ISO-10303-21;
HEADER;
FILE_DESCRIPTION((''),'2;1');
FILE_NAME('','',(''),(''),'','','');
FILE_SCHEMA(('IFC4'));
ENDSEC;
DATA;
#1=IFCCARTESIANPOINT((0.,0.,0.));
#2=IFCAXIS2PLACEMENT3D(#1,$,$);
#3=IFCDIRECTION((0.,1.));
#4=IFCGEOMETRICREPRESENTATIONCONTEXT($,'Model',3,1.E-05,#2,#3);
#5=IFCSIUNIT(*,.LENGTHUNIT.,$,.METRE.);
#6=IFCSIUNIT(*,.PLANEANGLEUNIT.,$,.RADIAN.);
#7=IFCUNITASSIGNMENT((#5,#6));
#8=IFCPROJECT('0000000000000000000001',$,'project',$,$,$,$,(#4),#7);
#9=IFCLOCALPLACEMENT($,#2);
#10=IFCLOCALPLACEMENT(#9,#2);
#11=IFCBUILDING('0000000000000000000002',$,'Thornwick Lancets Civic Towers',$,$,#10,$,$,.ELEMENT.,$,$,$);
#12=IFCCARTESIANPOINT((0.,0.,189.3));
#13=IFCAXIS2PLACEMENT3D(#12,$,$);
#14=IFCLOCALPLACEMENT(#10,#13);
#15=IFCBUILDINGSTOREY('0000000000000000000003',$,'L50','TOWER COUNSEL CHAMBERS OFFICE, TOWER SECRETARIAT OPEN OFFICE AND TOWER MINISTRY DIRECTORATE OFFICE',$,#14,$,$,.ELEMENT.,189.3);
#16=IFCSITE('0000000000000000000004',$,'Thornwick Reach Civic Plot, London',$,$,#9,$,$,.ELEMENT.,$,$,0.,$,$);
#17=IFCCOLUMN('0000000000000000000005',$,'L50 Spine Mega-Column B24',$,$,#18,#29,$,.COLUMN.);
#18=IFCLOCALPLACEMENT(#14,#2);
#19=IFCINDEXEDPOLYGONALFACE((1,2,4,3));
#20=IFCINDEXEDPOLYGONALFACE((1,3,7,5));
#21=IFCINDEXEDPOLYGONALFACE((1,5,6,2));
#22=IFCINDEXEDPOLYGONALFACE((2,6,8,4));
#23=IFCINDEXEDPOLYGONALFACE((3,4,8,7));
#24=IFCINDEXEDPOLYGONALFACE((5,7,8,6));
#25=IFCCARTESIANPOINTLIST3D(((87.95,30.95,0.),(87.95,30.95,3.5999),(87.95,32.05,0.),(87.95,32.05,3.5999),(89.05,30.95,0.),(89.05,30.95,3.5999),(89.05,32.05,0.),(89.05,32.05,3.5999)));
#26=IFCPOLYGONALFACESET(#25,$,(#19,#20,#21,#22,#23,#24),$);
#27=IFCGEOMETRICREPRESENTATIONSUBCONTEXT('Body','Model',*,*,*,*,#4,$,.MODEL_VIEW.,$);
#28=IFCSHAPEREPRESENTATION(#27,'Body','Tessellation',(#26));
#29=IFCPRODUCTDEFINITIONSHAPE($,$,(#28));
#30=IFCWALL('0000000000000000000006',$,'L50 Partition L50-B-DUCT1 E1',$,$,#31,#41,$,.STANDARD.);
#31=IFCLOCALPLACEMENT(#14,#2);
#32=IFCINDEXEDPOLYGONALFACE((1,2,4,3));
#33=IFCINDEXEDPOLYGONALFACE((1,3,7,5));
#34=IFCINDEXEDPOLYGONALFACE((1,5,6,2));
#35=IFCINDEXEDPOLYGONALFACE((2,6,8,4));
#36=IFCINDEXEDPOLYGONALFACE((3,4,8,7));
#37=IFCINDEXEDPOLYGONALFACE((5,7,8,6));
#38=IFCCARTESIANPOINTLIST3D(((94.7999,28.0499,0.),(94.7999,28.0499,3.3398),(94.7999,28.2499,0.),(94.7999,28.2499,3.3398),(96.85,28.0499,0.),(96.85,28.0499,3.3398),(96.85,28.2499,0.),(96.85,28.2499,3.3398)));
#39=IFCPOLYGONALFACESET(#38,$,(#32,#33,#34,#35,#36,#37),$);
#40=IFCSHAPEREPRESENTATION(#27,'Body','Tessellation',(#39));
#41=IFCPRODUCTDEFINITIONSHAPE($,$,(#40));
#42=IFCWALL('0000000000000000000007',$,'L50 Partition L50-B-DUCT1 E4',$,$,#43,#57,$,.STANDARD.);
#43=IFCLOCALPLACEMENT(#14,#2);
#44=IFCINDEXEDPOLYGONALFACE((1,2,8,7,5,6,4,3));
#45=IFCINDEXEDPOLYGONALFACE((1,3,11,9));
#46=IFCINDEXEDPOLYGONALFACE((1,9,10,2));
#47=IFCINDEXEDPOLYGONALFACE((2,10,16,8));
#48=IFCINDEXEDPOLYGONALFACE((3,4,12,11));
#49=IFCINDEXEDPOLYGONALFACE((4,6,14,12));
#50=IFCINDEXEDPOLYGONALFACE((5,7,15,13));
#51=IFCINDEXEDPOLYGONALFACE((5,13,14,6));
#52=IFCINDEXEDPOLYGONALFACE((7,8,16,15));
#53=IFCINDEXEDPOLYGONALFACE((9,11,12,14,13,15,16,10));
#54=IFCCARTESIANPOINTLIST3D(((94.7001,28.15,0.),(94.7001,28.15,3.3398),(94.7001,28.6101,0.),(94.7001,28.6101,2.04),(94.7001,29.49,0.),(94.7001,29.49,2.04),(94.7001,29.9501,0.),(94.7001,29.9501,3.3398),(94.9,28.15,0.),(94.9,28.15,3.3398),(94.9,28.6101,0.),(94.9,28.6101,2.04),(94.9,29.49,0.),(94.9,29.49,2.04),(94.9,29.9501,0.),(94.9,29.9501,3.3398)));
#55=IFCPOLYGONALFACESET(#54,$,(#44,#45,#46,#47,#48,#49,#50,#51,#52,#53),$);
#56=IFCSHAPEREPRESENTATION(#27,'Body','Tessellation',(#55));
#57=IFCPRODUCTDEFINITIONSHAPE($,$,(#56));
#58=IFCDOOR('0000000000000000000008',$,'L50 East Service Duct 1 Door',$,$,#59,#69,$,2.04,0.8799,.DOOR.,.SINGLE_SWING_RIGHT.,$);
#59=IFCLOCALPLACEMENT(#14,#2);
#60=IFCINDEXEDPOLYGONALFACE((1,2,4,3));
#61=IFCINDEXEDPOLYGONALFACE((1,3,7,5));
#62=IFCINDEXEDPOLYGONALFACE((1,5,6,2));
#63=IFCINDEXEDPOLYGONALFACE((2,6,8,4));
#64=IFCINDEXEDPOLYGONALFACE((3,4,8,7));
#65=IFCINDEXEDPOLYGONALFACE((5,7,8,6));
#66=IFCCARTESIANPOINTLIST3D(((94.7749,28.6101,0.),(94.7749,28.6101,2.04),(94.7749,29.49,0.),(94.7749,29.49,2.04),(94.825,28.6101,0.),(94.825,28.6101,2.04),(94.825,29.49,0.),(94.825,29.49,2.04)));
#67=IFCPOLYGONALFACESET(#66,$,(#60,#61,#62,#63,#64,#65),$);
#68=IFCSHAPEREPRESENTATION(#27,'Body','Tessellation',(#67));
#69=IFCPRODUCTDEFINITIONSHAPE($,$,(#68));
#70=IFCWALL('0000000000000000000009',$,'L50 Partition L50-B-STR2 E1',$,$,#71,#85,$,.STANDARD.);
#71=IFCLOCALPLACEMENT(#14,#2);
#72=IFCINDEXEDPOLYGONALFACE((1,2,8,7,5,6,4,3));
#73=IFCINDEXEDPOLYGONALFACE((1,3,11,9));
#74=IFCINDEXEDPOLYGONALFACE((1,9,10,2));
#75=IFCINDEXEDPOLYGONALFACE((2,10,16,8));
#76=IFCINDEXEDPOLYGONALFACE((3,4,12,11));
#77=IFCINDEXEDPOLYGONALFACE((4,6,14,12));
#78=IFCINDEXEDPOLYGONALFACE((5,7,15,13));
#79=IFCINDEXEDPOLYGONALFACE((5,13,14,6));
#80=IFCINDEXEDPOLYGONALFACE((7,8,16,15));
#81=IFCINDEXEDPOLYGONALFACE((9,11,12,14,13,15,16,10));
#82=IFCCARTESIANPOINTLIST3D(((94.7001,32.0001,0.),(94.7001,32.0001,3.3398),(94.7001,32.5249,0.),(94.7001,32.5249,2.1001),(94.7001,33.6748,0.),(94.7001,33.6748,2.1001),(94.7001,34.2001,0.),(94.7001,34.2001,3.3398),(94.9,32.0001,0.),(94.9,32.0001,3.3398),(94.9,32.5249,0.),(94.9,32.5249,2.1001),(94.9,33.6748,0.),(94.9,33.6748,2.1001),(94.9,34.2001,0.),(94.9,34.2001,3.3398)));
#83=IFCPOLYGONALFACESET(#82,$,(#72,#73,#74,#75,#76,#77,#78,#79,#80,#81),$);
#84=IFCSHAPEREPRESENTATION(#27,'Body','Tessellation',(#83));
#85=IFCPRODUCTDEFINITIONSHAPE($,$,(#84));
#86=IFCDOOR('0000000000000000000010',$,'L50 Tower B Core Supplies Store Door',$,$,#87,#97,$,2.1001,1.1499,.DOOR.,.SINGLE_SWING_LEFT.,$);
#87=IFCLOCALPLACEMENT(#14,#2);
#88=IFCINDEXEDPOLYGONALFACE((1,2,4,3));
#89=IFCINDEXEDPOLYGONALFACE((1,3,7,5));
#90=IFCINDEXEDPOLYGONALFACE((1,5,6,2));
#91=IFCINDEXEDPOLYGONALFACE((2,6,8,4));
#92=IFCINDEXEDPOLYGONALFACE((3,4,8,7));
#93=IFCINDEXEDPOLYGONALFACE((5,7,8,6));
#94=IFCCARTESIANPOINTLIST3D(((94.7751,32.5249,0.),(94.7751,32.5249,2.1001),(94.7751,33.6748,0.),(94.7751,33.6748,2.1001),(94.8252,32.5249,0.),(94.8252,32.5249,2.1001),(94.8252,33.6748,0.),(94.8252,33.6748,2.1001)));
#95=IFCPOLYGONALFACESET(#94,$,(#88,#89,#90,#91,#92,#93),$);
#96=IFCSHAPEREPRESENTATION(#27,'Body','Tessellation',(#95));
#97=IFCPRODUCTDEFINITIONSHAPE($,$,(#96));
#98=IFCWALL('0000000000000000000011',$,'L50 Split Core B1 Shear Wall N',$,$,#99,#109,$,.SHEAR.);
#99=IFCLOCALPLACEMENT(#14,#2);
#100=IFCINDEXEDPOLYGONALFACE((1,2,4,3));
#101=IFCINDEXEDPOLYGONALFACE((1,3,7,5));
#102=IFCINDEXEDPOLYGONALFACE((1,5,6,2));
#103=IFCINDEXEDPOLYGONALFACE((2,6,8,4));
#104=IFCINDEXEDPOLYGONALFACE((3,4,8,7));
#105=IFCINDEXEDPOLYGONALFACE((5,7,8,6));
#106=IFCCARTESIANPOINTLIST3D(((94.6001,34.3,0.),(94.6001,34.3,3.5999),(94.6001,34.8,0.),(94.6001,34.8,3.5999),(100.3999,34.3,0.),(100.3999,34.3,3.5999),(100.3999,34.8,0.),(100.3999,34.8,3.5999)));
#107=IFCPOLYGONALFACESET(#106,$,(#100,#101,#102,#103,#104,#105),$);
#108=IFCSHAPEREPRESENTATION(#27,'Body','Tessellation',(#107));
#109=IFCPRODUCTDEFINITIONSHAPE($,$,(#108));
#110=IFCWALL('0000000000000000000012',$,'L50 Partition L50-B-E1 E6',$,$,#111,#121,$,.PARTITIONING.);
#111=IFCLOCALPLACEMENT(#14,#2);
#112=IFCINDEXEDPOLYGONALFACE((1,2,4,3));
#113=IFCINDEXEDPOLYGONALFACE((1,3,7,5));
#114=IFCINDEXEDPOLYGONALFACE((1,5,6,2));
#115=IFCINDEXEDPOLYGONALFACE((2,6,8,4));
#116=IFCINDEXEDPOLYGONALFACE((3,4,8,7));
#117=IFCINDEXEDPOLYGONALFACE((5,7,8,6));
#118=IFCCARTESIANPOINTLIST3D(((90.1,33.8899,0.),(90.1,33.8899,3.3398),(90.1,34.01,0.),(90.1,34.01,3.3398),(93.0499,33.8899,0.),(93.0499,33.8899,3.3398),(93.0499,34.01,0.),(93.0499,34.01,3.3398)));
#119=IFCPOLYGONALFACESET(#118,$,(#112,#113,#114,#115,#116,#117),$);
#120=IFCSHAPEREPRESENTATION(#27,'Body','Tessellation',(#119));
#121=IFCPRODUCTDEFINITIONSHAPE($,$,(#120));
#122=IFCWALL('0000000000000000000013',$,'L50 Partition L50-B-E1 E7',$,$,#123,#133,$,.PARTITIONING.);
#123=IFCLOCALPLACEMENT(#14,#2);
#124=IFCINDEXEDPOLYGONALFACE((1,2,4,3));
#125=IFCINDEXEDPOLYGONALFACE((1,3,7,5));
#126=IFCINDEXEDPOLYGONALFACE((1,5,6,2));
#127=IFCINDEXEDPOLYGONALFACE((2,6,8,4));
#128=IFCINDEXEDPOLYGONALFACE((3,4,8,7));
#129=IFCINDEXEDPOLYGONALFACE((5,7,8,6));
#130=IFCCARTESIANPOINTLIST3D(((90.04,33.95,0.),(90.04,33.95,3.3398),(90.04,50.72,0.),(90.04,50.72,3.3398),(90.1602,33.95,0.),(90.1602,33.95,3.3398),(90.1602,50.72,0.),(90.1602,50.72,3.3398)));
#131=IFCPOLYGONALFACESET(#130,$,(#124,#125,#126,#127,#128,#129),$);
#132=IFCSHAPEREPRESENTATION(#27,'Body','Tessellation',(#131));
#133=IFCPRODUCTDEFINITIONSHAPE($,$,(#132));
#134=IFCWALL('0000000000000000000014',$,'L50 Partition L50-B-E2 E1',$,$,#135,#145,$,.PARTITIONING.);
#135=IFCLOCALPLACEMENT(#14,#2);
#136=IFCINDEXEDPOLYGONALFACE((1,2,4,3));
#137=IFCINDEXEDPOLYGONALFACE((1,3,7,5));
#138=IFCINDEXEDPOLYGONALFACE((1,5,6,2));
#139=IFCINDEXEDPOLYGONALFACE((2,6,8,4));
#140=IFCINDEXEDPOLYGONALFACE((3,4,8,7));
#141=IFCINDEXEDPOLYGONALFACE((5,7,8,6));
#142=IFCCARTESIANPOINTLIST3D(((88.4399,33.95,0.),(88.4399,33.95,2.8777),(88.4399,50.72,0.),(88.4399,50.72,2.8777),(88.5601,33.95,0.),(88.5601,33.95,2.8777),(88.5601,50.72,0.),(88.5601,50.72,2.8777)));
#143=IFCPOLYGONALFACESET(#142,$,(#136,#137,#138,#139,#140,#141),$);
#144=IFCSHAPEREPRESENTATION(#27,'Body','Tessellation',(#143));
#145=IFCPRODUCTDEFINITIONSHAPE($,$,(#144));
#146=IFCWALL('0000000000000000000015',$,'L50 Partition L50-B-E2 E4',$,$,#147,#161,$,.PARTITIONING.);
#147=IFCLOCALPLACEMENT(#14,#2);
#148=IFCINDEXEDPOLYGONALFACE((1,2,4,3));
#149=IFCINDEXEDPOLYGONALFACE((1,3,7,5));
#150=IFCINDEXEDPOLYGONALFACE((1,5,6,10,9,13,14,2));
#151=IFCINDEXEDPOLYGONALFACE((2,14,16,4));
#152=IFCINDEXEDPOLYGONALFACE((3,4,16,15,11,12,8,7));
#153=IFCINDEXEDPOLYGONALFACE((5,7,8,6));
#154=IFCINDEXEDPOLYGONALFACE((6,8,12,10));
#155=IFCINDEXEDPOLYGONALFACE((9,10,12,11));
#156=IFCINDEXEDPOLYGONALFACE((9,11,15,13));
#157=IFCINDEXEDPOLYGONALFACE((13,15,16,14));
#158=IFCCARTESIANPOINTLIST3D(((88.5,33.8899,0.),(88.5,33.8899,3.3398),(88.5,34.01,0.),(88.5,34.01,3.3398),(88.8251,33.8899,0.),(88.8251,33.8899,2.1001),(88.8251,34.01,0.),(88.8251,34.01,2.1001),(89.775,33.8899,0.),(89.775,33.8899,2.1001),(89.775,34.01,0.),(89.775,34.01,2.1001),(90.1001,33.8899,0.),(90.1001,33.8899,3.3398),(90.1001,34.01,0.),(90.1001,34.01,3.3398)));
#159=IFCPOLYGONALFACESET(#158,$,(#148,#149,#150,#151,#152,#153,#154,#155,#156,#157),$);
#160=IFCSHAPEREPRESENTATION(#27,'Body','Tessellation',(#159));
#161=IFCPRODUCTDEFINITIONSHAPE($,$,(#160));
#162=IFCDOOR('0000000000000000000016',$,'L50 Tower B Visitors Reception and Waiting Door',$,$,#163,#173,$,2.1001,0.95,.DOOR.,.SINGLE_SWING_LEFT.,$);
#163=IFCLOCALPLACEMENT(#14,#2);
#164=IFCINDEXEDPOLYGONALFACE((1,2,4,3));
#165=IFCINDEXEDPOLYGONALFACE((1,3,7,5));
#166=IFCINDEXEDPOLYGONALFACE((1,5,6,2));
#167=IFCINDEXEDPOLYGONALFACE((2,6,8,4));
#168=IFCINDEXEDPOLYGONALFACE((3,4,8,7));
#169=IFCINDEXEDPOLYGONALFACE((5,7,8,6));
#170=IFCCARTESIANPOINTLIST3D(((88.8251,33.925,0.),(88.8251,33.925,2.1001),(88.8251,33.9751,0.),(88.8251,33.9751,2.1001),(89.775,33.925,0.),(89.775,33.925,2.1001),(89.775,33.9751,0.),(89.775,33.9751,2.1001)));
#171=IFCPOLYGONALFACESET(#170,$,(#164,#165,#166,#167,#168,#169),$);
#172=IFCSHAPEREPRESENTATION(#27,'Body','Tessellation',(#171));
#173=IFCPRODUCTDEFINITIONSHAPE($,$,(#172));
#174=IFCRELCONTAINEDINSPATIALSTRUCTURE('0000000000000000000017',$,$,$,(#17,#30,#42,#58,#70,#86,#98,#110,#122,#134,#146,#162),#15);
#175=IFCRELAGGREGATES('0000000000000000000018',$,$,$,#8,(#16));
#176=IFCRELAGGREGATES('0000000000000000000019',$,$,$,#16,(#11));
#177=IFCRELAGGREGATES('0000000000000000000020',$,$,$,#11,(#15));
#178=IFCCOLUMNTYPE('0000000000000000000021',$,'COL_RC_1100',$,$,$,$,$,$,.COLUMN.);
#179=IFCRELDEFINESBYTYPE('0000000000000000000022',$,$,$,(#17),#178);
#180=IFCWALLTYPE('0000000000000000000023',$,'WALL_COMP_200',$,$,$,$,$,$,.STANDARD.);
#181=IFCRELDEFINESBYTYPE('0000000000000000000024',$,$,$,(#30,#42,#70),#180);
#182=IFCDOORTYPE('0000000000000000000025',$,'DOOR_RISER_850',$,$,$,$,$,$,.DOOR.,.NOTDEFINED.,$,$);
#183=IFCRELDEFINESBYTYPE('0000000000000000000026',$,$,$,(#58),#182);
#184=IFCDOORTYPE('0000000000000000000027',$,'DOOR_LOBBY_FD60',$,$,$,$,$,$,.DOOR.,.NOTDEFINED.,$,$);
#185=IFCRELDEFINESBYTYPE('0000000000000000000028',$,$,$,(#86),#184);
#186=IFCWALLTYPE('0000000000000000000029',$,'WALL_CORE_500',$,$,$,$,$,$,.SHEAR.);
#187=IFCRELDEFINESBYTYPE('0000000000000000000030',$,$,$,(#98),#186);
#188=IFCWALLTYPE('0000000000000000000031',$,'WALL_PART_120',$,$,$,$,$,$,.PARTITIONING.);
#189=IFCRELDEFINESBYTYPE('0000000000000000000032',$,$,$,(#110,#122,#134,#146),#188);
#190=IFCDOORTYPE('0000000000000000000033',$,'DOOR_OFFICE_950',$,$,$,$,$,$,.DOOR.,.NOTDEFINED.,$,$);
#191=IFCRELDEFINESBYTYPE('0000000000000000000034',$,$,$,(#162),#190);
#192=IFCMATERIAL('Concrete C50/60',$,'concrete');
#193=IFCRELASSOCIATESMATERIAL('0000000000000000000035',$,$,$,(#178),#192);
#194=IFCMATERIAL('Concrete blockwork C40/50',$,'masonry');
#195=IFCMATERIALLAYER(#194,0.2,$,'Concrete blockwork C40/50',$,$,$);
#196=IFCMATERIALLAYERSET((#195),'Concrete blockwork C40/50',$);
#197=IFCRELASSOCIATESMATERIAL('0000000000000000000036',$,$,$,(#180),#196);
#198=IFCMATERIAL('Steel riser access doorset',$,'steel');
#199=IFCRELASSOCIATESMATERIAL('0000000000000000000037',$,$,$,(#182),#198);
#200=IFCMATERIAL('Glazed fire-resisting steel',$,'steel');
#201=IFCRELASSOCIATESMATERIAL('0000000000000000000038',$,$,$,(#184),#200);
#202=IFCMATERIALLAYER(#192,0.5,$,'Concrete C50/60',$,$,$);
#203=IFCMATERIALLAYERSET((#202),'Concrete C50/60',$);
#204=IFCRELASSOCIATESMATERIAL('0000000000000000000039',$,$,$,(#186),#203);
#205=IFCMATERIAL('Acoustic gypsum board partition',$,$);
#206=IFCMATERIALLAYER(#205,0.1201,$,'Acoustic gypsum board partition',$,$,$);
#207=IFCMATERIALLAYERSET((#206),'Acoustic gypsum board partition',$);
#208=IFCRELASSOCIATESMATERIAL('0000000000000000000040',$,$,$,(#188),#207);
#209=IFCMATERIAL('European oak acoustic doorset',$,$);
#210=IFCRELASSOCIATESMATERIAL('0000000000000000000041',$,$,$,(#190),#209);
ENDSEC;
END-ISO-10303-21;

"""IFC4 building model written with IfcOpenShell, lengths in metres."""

from ifc_helpers import new_model, si_unit, direction, frame, frame_2d, origin, origin_2d, place, context, subcontext, project, spatial, rectangle, extrude, material, layer, layer_set, material_profile, profile_set, type_object, element, fill, save


model = new_model("IFC4")

# Units and contexts
model_context = context("Model", 3, precision=1e-05, world=origin(), true_north=direction((0.0, 1.0)))
body_context = subcontext(model_context, "Body", "Model", "MODEL_VIEW")
ifc_project = project(units=[si_unit("LENGTHUNIT", "METRE"), si_unit("PLANEANGLEUNIT", "RADIAN")], contexts=[model_context])

# Site, building, storey
site_placement = place(None, origin())
site = spatial("IfcSite", under=ifc_project, at=site_placement, Name="Thornwick Reach Civic Plot, London", CompositionType="ELEMENT", RefElevation=0.0)
building_placement = place(site_placement, origin())
building = spatial("IfcBuilding", under=site, at=building_placement, Name="Thornwick Lancets Civic Towers", CompositionType="ELEMENT")
storey_placement = place(building_placement, frame((0.0, 0.0, 189.3)))
storey = spatial("IfcBuildingStorey", under=building, at=storey_placement, Name="L50", Description="TOWER COUNSEL CHAMBERS OFFICE, TOWER SECRETARIAT OPEN OFFICE AND TOWER MINISTRY DIRECTORATE OFFICE", CompositionType="ELEMENT", Elevation=189.3)

# Column
ifc_material_1 = material(Name="Concrete C50/60", Category="concrete")
ifc_material_profile = material_profile(ifc_material_1, rectangle(XDim=1.1001, YDim=1.1001, at=origin_2d()), Name="RC 1100x1100")
ifc_profile_set = profile_set([ifc_material_profile], Name="Concrete C50/60")
column_type = type_object("IfcColumnType", Name="COL_RC_1100", PredefinedType="COLUMN", material=ifc_profile_set)
column_placement = place(storey_placement, frame((88.5, 31.5, 0.0), z_axis=(0.0, 0.0, 1.0), x_axis=(1.0, 0.0, 0.0)))
element("IfcColumn", 1, at=column_placement, inside=storey, type_object=column_type, Name="L50 Spine Mega-Column B24", PredefinedType="COLUMN", context=body_context, shape_type="SweptSolid", body=[
    extrude(rectangle(XDim=1.1001, YDim=1.1001, at=origin_2d()), origin(), (0.0, 0.0, 1.0), 3.5999),
])

# Wall
ifc_material_2 = material(Name="Concrete blockwork C40/50", Category="masonry")
ifc_layer_1 = layer(ifc_material_2, 0.2, Name="Concrete blockwork C40/50")
ifc_layer_set_1 = layer_set([ifc_layer_1], Name="Concrete blockwork C40/50")
wall_type_1 = type_object("IfcWallType", Name="WALL_COMP_200", PredefinedType="STANDARD", material=ifc_layer_set_1)
wall_1_placement = place(storey_placement, frame((94.8, 28.1499, 0.0), z_axis=(0.0, 0.0, 1.0), x_axis=(1.0, 0.0, 0.0)))
element("IfcWall", 2, at=wall_1_placement, inside=storey, type_object=wall_type_1, Name="L50 Partition L50-B-DUCT1 E1", PredefinedType="STANDARD", context=body_context, shape_type="SweptSolid", body=[
    extrude(rectangle(XDim=2.05, YDim=0.2, at=frame_2d((1.0249, 0.0))), origin(), (0.0, 0.0, 1.0), 3.3398),
])

# Walls, openings, doors
wall_2_placement = place(storey_placement, frame((94.8, 29.95, 0.0), z_axis=(0.0, 0.0, 1.0), x_axis=(0.0, -1.0, 0.0)))
wall_2 = element("IfcWall", 3, at=wall_2_placement, inside=storey, type_object=wall_type_1, Name="L50 Partition L50-B-DUCT1 E4", PredefinedType="STANDARD", context=body_context, shape_type="SweptSolid", body=[
    extrude(rectangle(XDim=1.8, YDim=0.2, at=frame_2d((0.8999, 0.0))), origin(), (0.0, 0.0, 1.0), 3.3398),
])
opening_1_placement = place(wall_2_placement, frame((0.46, 0.0, 0.0)))
opening_1 = element("IfcOpeningElement", 4, at=opening_1_placement, cuts=wall_2, PredefinedType="OPENING", context=body_context, shape_type="SweptSolid", body=[
    extrude(rectangle(XDim=0.8799, YDim=2.04, at=frame_2d((0.4399, 1.02))), frame((0.0, 0.1099, 0.0), z_axis=(0.0, -1.0, 0.0), x_axis=(1.0, 0.0, 0.0)), (0.0, 0.0, 1.0), 0.22),
])
ifc_material_3 = material(Name="Steel riser access doorset", Category="steel")
door_type_1 = type_object("IfcDoorType", Name="DOOR_RISER_850", OperationType="NOTDEFINED", PredefinedType="DOOR", material=ifc_material_3)
door_1_placement = place(opening_1_placement, origin())
door_1 = element("IfcDoor", 5, at=door_1_placement, inside=storey, type_object=door_type_1, Name="L50 East Service Duct 1 Door", OperationType="SINGLE_SWING_RIGHT", OverallHeight=2.04, OverallWidth=0.8799, PredefinedType="DOOR", context=body_context, shape_type="SweptSolid", body=[
    extrude(rectangle(XDim=0.8799, YDim=2.04, at=frame_2d((0.4399, 1.02))), frame((0.0, 0.0249, 0.0), z_axis=(0.0, -1.0, 0.0), x_axis=(1.0, 0.0, 0.0)), (0.0, 0.0, 1.0), 0.05),
])
fill(opening_1, door_1)
wall_3_placement = place(storey_placement, frame((94.8, 32.0, 0.0), z_axis=(0.0, 0.0, 1.0), x_axis=(0.0, 1.0, 0.0)))
wall_3 = element("IfcWall", 6, at=wall_3_placement, inside=storey, type_object=wall_type_1, Name="L50 Partition L50-B-STR2 E1", PredefinedType="STANDARD", context=body_context, shape_type="SweptSolid", body=[
    extrude(rectangle(XDim=2.2, YDim=0.2, at=frame_2d((1.1001, 0.0))), origin(), (0.0, 0.0, 1.0), 3.3398),
])
opening_2_placement = place(wall_3_placement, frame((0.5249, 0.0, 0.0)))
opening_2 = element("IfcOpeningElement", 7, at=opening_2_placement, cuts=wall_3, PredefinedType="OPENING", context=body_context, shape_type="SweptSolid", body=[
    extrude(rectangle(XDim=1.1499, YDim=2.1001, at=frame_2d((0.575, 1.05))), frame((0.0, 0.1099, 0.0), z_axis=(0.0, -1.0, 0.0), x_axis=(1.0, 0.0, 0.0)), (0.0, 0.0, 1.0), 0.22),
])
ifc_material_4 = material(Name="Glazed fire-resisting steel", Category="steel")
door_type_2 = type_object("IfcDoorType", Name="DOOR_LOBBY_FD60", OperationType="NOTDEFINED", PredefinedType="DOOR", material=ifc_material_4)
door_2_placement = place(opening_2_placement, origin())
door_2 = element("IfcDoor", 8, at=door_2_placement, inside=storey, type_object=door_type_2, Name="L50 Tower B Core Supplies Store Door", OperationType="SINGLE_SWING_LEFT", OverallHeight=2.1001, OverallWidth=1.1499, PredefinedType="DOOR", context=body_context, shape_type="SweptSolid", body=[
    extrude(rectangle(XDim=1.1499, YDim=2.1001, at=frame_2d((0.575, 1.05))), frame((0.0, 0.0249, 0.0), z_axis=(0.0, -1.0, 0.0), x_axis=(1.0, 0.0, 0.0)), (0.0, 0.0, 1.0), 0.05),
])
fill(opening_2, door_2)

# Walls
ifc_layer_2 = layer(ifc_material_1, 0.5, Name="Concrete C50/60")
ifc_layer_set_2 = layer_set([ifc_layer_2], Name="Concrete C50/60")
wall_type_2 = type_object("IfcWallType", Name="WALL_CORE_500", PredefinedType="SHEAR", material=ifc_layer_set_2)
wall_4_placement = place(storey_placement, frame((94.6001, 34.55, 0.0), z_axis=(0.0, 0.0, 1.0), x_axis=(1.0, 0.0, 0.0)))
element("IfcWall", 9, at=wall_4_placement, inside=storey, type_object=wall_type_2, Name="L50 Split Core B1 Shear Wall N", PredefinedType="SHEAR", context=body_context, shape_type="SweptSolid", body=[
    extrude(rectangle(XDim=5.7998, YDim=0.5, at=frame_2d((2.8999, 0.0))), origin(), (0.0, 0.0, 1.0), 3.5999),
])
ifc_material_5 = material(Name="Acoustic gypsum board partition")
ifc_layer_3 = layer(ifc_material_5, 0.1201, Name="Acoustic gypsum board partition")
ifc_layer_set_3 = layer_set([ifc_layer_3], Name="Acoustic gypsum board partition")
wall_type_3 = type_object("IfcWallType", Name="WALL_PART_120", PredefinedType="PARTITIONING", material=ifc_layer_set_3)
wall_5_placement = place(storey_placement, frame((93.05, 33.95, 0.0), z_axis=(0.0, 0.0, 1.0), x_axis=(-1.0, 0.0, 0.0)))
element("IfcWall", 10, at=wall_5_placement, inside=storey, type_object=wall_type_3, Name="L50 Partition L50-B-E1 E6", PredefinedType="PARTITIONING", context=body_context, shape_type="SweptSolid", body=[
    extrude(rectangle(XDim=2.95, YDim=0.1201, at=frame_2d((1.4751, 0.0))), origin(), (0.0, 0.0, 1.0), 3.3398),
])
wall_6_placement = place(storey_placement, frame((90.1001, 33.95, 0.0), z_axis=(0.0, 0.0, 1.0), x_axis=(0.0, 1.0, 0.0)))
element("IfcWall", 11, at=wall_6_placement, inside=storey, type_object=wall_type_3, Name="L50 Partition L50-B-E1 E7", PredefinedType="PARTITIONING", context=body_context, shape_type="SweptSolid", body=[
    extrude(rectangle(XDim=16.77, YDim=0.1201, at=frame_2d((8.385, 0.0))), origin(), (0.0, 0.0, 1.0), 3.3398),
])
wall_7_placement = place(storey_placement, frame((88.5, 33.95, 0.0), z_axis=(0.0, 0.0, 1.0), x_axis=(0.0, 1.0, 0.0)))
element("IfcWall", 12, at=wall_7_placement, inside=storey, type_object=wall_type_3, Name="L50 Partition L50-B-E2 E1", PredefinedType="PARTITIONING", context=body_context, shape_type="SweptSolid", body=[
    extrude(rectangle(XDim=16.77, YDim=0.1201, at=frame_2d((8.385, 0.0))), origin(), (0.0, 0.0, 1.0), 2.8777),
])

# Wall, opening, door
wall_8_placement = place(storey_placement, frame((90.1001, 33.95, 0.0), z_axis=(0.0, 0.0, 1.0), x_axis=(-1.0, 0.0, 0.0)))
wall_8 = element("IfcWall", 13, at=wall_8_placement, inside=storey, type_object=wall_type_3, Name="L50 Partition L50-B-E2 E4", PredefinedType="PARTITIONING", context=body_context, shape_type="SweptSolid", body=[
    extrude(rectangle(XDim=1.6001, YDim=0.1201, at=frame_2d((0.8, 0.0))), origin(), (0.0, 0.0, 1.0), 3.3398),
])
opening_3_placement = place(wall_8_placement, frame((0.325, 0.0, 0.0)))
opening_3 = element("IfcOpeningElement", 14, at=opening_3_placement, cuts=wall_8, PredefinedType="OPENING", context=body_context, shape_type="SweptSolid", body=[
    extrude(rectangle(XDim=0.95, YDim=2.1001, at=frame_2d((0.4751, 1.05))), frame((0.0, 0.0701, 0.0), z_axis=(0.0, -1.0, 0.0), x_axis=(1.0, 0.0, 0.0)), (0.0, 0.0, 1.0), 0.1401),
])
ifc_material_6 = material(Name="European oak acoustic doorset")
door_type_3 = type_object("IfcDoorType", Name="DOOR_OFFICE_950", OperationType="NOTDEFINED", PredefinedType="DOOR", material=ifc_material_6)
door_3_placement = place(opening_3_placement, origin())
door_3 = element("IfcDoor", 15, at=door_3_placement, inside=storey, type_object=door_type_3, Name="L50 Tower B Visitors Reception and Waiting Door", OperationType="SINGLE_SWING_LEFT", OverallHeight=2.1001, OverallWidth=0.95, PredefinedType="DOOR", context=body_context, shape_type="SweptSolid", body=[
    extrude(rectangle(XDim=0.95, YDim=2.1001, at=frame_2d((0.4751, 1.05))), frame((0.0, 0.0249, 0.0), z_axis=(0.0, -1.0, 0.0), x_axis=(1.0, 0.0, 0.0)), (0.0, 0.0, 1.0), 0.05),
])
fill(opening_3, door_3)

save(model, "model.ifc")
